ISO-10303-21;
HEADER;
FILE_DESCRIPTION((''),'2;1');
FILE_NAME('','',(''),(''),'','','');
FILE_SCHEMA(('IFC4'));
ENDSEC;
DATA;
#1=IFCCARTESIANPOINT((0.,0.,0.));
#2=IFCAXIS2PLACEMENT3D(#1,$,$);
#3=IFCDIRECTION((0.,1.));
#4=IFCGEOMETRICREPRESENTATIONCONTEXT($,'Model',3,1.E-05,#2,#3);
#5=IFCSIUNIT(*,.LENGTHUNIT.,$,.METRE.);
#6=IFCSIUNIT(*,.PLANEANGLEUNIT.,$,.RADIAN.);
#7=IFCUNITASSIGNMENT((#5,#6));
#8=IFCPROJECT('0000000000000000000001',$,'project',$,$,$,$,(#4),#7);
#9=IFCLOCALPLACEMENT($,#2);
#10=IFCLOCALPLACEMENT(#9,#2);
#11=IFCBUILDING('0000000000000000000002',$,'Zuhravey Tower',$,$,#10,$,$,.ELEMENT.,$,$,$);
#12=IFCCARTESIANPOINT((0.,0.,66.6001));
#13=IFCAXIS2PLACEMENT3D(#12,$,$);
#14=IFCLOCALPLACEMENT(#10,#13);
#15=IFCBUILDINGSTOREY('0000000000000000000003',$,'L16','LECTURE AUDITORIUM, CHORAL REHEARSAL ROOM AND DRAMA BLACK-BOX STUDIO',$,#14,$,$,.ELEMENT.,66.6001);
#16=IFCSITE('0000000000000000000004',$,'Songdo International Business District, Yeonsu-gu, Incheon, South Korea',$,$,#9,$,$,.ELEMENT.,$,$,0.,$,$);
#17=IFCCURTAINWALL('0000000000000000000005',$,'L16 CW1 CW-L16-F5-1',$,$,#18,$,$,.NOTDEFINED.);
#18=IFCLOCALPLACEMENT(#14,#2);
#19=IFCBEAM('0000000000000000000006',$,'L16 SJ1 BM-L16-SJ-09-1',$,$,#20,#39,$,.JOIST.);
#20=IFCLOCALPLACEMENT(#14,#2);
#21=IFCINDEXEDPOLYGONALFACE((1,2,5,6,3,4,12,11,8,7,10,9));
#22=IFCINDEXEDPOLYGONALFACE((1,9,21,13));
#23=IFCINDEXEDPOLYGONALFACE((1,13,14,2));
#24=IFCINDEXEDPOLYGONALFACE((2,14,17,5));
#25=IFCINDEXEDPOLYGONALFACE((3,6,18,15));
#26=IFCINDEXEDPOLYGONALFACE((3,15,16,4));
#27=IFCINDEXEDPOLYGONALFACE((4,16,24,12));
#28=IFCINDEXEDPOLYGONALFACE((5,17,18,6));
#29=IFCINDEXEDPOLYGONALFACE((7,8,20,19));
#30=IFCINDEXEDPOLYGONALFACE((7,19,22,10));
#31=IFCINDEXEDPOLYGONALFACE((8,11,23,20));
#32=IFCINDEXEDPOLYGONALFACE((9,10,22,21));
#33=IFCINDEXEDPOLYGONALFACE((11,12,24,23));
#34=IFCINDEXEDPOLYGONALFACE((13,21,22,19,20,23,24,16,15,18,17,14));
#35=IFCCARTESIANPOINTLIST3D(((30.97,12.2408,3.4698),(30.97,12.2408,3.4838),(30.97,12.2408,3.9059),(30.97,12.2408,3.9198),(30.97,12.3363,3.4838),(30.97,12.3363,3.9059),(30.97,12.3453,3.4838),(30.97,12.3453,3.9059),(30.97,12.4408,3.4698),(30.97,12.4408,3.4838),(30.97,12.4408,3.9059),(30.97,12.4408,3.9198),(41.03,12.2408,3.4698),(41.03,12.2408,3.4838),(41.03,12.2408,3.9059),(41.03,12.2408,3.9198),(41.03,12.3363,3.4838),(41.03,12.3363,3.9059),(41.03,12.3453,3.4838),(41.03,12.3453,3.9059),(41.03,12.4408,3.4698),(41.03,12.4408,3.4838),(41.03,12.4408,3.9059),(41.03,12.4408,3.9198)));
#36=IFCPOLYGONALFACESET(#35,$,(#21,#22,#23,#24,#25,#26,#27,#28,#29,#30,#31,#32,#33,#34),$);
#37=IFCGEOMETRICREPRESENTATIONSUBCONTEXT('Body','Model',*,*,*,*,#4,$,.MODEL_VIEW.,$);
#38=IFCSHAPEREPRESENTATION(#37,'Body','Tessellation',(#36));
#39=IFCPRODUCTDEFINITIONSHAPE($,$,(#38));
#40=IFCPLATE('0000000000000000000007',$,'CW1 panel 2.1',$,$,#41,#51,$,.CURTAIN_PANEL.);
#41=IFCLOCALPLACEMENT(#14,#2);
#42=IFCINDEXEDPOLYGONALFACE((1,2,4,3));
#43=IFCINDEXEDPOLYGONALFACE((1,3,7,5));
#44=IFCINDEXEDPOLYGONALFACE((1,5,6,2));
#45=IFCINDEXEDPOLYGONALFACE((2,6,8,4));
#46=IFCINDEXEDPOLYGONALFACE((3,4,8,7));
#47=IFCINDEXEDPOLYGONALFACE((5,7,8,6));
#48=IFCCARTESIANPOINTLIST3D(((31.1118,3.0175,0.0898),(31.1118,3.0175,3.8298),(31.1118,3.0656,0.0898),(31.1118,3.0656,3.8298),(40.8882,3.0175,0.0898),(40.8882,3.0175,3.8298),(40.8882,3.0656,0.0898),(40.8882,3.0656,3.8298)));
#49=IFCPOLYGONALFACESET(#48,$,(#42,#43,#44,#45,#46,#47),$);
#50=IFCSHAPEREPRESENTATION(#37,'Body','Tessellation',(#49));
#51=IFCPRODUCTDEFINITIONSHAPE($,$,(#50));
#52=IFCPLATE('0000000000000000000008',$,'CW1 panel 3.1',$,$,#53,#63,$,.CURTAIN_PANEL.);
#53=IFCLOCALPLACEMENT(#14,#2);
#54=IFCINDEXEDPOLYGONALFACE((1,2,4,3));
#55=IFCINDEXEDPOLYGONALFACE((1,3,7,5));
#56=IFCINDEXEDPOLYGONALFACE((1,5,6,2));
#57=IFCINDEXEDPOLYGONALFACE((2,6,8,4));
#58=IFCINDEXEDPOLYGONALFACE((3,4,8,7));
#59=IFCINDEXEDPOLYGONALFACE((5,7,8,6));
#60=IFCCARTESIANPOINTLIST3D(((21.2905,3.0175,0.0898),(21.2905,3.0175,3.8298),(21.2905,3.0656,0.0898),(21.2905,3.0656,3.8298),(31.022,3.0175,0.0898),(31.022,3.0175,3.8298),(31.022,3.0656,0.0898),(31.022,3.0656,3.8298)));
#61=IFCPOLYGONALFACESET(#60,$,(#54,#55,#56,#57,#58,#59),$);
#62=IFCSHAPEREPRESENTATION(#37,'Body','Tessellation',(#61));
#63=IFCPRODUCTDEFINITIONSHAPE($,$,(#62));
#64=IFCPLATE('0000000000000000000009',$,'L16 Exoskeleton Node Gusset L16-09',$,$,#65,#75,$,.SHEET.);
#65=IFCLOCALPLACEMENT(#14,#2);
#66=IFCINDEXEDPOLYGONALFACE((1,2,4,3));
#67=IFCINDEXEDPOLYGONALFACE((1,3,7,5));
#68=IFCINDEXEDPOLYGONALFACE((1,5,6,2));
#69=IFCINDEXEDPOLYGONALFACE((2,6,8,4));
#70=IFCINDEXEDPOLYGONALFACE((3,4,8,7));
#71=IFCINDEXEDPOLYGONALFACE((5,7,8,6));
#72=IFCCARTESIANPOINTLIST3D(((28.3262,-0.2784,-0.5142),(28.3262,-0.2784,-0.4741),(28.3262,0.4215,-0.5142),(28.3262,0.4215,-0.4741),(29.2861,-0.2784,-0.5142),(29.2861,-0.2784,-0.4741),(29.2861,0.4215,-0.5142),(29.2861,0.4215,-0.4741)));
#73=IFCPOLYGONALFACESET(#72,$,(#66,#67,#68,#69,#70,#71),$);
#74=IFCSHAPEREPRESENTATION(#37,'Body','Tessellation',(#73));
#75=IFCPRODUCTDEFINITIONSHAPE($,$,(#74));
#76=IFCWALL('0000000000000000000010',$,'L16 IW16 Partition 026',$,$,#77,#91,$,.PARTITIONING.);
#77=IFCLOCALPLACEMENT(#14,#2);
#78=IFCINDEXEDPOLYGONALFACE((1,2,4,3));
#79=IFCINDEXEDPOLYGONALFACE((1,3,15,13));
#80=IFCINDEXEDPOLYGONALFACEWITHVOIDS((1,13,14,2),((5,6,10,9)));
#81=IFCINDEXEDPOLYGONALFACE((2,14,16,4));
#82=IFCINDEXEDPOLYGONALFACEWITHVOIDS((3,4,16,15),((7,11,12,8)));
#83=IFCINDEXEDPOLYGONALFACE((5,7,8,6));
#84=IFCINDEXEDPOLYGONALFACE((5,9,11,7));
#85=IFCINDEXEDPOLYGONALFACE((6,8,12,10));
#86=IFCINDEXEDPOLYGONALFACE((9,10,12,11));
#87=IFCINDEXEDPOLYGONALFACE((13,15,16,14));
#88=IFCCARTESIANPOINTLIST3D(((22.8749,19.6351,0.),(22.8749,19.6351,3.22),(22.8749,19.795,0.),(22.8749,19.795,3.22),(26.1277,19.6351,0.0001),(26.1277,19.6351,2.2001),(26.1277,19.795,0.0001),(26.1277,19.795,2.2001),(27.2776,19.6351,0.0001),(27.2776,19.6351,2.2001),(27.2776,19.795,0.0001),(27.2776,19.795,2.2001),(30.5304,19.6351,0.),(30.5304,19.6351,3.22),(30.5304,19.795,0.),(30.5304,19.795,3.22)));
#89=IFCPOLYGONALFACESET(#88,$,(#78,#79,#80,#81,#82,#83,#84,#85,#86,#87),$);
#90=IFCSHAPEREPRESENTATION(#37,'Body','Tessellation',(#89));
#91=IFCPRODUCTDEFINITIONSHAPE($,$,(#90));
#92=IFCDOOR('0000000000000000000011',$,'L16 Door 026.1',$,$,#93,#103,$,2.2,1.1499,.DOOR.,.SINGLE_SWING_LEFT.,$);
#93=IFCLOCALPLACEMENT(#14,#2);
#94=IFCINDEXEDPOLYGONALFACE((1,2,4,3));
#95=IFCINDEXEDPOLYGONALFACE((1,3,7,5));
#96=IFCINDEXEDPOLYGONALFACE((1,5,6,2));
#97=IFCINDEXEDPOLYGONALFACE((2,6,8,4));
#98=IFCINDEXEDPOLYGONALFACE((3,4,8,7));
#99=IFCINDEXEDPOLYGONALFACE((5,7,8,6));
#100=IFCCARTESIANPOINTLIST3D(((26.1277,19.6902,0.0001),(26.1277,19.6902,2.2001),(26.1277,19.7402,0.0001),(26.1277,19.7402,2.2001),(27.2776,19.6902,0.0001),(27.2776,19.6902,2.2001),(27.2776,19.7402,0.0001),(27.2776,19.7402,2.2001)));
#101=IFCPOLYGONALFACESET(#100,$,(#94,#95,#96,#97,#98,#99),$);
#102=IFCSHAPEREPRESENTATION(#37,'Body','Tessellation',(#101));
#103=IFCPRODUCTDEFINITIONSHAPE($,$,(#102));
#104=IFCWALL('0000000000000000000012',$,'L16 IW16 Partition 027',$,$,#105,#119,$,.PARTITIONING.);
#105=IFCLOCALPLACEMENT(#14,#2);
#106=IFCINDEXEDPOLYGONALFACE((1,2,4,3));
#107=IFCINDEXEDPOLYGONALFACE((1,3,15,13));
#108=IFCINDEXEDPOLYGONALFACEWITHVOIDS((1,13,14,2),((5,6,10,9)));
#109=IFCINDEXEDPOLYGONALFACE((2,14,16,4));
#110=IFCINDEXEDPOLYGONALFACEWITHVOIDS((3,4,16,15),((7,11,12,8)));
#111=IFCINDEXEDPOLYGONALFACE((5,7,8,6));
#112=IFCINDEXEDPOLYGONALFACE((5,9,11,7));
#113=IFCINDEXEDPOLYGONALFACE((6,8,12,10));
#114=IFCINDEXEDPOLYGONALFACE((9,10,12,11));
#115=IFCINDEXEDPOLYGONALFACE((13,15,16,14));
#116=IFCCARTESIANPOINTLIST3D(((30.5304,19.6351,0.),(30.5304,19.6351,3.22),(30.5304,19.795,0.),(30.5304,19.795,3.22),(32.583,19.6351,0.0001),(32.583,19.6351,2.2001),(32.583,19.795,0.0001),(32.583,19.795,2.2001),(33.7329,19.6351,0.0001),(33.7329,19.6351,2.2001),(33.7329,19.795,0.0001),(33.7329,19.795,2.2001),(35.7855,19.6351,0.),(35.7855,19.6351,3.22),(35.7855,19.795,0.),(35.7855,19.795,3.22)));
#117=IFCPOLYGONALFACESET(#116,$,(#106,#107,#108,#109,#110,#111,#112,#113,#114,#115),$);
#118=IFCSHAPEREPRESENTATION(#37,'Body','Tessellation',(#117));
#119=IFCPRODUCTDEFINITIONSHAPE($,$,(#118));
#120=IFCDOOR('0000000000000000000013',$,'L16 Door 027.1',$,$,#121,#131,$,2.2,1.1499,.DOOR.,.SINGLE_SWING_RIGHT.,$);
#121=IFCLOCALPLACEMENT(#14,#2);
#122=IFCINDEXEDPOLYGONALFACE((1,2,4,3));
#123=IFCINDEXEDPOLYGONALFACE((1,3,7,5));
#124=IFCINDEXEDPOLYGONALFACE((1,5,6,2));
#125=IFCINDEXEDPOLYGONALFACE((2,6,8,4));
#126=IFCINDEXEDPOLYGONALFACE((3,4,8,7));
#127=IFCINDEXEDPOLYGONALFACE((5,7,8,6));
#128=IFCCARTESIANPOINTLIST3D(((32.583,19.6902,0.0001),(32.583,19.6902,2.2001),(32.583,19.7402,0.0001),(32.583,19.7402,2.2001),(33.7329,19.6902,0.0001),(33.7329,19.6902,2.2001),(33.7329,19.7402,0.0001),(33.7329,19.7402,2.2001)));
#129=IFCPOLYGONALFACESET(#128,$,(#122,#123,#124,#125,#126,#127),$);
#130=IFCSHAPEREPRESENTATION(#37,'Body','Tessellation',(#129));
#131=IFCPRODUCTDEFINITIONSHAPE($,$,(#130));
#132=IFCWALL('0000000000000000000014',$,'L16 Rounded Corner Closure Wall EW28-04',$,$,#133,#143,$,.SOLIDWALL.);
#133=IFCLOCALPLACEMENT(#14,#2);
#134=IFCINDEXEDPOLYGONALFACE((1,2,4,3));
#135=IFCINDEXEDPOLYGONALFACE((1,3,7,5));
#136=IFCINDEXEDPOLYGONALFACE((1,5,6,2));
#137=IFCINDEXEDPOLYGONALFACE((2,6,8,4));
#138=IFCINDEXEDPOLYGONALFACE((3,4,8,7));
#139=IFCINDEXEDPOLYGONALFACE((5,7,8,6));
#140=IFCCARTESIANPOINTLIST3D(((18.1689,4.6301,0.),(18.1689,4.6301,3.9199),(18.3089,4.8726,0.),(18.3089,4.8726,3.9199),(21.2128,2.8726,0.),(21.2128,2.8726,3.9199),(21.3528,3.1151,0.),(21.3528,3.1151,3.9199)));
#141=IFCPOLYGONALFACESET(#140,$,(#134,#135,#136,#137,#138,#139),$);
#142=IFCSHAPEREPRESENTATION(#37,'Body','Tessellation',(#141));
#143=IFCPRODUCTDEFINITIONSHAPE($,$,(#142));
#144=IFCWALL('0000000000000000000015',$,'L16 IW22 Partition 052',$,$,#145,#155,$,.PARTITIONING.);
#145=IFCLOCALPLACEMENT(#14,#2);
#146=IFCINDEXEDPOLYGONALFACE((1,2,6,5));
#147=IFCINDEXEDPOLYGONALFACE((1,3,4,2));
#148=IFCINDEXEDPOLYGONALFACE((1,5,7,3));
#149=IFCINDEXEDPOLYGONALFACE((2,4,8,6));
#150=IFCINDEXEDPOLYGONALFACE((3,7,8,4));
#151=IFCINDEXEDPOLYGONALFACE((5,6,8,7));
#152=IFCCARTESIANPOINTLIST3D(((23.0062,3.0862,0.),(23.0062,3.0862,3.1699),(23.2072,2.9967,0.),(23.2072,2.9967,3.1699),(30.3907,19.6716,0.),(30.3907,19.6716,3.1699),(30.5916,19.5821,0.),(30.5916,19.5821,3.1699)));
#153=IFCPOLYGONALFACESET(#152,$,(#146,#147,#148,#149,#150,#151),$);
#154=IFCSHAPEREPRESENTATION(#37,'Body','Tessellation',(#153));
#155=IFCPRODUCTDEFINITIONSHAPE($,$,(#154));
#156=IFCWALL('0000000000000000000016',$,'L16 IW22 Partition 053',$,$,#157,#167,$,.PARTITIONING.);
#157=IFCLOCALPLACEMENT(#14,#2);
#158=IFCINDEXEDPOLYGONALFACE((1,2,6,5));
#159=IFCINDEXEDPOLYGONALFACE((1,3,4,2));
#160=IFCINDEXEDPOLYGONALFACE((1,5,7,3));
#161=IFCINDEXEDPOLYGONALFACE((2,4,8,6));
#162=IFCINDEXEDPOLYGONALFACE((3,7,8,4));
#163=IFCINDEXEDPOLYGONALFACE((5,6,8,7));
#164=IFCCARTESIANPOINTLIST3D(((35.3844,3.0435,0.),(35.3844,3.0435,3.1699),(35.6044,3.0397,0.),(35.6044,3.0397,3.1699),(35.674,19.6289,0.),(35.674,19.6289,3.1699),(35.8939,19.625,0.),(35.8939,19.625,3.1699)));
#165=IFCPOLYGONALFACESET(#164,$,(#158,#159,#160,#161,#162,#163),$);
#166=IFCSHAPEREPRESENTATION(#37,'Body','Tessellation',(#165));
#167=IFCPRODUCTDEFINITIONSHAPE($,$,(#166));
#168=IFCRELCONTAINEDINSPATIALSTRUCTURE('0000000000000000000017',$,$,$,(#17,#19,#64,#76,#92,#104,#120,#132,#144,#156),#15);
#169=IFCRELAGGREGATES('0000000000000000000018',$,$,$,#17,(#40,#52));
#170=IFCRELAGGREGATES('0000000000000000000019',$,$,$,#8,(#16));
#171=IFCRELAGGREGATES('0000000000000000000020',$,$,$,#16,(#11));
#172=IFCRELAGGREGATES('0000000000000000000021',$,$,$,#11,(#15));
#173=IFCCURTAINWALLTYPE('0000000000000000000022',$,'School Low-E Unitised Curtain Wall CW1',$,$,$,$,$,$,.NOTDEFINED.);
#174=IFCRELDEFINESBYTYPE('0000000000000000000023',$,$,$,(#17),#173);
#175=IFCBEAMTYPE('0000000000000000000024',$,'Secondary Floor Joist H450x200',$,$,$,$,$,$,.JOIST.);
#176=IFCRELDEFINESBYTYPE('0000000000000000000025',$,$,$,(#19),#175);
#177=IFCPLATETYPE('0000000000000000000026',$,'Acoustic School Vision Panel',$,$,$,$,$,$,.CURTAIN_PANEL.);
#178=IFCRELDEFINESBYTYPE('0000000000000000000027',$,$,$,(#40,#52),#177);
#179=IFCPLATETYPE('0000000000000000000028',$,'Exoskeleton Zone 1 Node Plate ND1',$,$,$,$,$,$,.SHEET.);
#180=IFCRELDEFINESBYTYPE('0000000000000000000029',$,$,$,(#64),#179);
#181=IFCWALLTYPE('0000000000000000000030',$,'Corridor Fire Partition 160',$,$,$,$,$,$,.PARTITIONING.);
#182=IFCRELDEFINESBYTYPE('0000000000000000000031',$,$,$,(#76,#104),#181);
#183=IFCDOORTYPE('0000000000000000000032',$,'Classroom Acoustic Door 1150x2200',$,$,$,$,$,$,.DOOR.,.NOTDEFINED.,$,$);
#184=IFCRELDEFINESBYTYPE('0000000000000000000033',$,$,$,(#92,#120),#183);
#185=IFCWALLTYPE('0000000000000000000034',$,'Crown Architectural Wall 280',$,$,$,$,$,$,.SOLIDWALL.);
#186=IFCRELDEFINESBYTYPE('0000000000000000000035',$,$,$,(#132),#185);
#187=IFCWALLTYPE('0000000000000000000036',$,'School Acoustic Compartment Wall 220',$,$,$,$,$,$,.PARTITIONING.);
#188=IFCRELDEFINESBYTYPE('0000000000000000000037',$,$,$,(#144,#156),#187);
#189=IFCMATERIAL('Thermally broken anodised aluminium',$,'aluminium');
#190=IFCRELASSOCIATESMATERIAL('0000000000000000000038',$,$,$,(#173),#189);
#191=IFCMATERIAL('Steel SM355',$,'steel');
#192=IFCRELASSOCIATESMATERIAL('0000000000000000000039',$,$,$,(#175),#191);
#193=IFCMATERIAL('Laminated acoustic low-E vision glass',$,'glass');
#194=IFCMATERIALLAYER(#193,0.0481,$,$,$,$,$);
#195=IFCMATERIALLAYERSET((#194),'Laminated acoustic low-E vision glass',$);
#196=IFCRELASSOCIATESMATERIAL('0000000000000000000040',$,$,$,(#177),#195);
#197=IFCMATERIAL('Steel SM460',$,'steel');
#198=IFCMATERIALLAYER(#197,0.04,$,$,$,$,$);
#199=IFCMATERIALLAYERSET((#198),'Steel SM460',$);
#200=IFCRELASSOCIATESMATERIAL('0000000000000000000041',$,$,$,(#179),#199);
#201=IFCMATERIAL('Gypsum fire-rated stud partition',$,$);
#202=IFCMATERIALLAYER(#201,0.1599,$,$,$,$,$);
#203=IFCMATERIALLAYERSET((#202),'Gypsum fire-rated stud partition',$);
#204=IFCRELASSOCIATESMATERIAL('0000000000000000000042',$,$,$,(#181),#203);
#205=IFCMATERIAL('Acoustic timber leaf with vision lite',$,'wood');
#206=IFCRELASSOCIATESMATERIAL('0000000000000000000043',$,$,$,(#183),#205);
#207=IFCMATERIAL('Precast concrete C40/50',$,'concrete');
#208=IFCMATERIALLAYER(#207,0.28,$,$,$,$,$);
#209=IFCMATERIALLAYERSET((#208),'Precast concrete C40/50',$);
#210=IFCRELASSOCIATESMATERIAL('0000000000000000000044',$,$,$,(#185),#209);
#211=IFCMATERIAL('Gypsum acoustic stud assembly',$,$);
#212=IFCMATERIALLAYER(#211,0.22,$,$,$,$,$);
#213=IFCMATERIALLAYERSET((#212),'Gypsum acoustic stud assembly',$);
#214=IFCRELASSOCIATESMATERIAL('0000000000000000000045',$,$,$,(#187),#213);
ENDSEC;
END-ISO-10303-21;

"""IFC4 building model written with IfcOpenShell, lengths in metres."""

from ifc_helpers import new_model, si_unit, direction, frame, frame_2d, origin, origin_2d, place, context, subcontext, project, spatial, rectangle, i_section, extrude, material, layer, layer_set, material_profile, profile_set, type_object, element, fill, aggregate, save


model = new_model("IFC4")

# Units and contexts
model_context = context("Model", 3, precision=1e-05, world=origin(), true_north=direction((0.0, 1.0)))
body_context = subcontext(model_context, "Body", "Model", "MODEL_VIEW")
ifc_project = project(units=[si_unit("LENGTHUNIT", "METRE"), si_unit("PLANEANGLEUNIT", "RADIAN")], contexts=[model_context])

# Site, building, storey
site_placement = place(None, origin())
site = spatial("IfcSite", under=ifc_project, at=site_placement, Name="Songdo International Business District, Yeonsu-gu, Incheon, South Korea", CompositionType="ELEMENT", RefElevation=0.0)
building_placement = place(site_placement, origin())
building = spatial("IfcBuilding", under=site, at=building_placement, Name="Zuhravey Tower", CompositionType="ELEMENT")
storey_placement = place(building_placement, frame((0.0, 0.0, 66.6001)))
storey = spatial("IfcBuildingStorey", under=building, at=storey_placement, Name="L16", Description="LECTURE AUDITORIUM, CHORAL REHEARSAL ROOM AND DRAMA BLACK-BOX STUDIO", CompositionType="ELEMENT", Elevation=66.6001)

# Curtain wall
ifc_material_1 = material(Name="Thermally broken anodised aluminium", Category="aluminium")
curtain_wall_type = type_object("IfcCurtainWallType", Name="School Low-E Unitised Curtain Wall CW1", PredefinedType="NOTDEFINED", material=ifc_material_1)
curtain_wall_placement = place(storey_placement, origin())
curtain_wall = element("IfcCurtainWall", 1, at=curtain_wall_placement, inside=storey, type_object=curtain_wall_type, Name="L16 CW1 CW-L16-F5-1", PredefinedType="NOTDEFINED")

# Shared definitions
ifc_material_2 = material(Name="Steel SM355", Category="steel")
ifc_material_3 = material(Name="Steel SM460", Category="steel")

# Beam
ifc_material_profile_1 = material_profile(ifc_material_2, i_section(OverallWidth=0.2, OverallDepth=0.45, WebThickness=0.009, FlangeThickness=0.0139, at=origin_2d()), Name="H-450x200x9x14")
ifc_profile_set_1 = profile_set([ifc_material_profile_1], Name="Steel SM355")
beam_type_1 = type_object("IfcBeamType", Name="Secondary Floor Joist H450x200", PredefinedType="JOIST", material=ifc_profile_set_1)
beam_1_placement = place(storey_placement, frame((30.97, 12.3408, 3.6948), z_axis=(1.0, 0.0, 0.0), x_axis=(0.0, 1.0, 0.0)))
element("IfcBeam", 2, at=beam_1_placement, inside=storey, type_object=beam_type_1, Name="L16 SJ1 BM-L16-SJ-09-1", PredefinedType="JOIST", context=body_context, shape_type="SweptSolid", body=[
    extrude(i_section(OverallWidth=0.2, OverallDepth=0.45, WebThickness=0.009, FlangeThickness=0.0139, at=origin_2d()), origin(), (0.0, 0.0, 1.0), 10.0601),
])

# Plates
ifc_material_4 = material(Name="Laminated acoustic low-E vision glass", Category="glass")
ifc_layer_1 = layer(ifc_material_4, 0.0481)
ifc_layer_set_1 = layer_set([ifc_layer_1], Name="Laminated acoustic low-E vision glass")
plate_type_1 = type_object("IfcPlateType", Name="Acoustic School Vision Panel", PredefinedType="CURTAIN_PANEL", material=ifc_layer_set_1)
plate_1_placement = place(storey_placement, frame((36.0, 3.0415, 0.0898), z_axis=(0.0, 0.0, 1.0), x_axis=(-1.0, 0.0, 0.0)))
plate_1 = element("IfcPlate", 3, at=plate_1_placement, type_object=plate_type_1, Name="CW1 panel 2.1", PredefinedType="CURTAIN_PANEL", context=body_context, shape_type="SweptSolid", body=[
    extrude(rectangle(XDim=9.7764, YDim=0.0481, at=origin_2d()), origin(), (0.0, 0.0, 1.0), 3.74),
])
plate_2_placement = place(storey_placement, frame((26.1562, 3.0415, 0.0898), z_axis=(0.0, 0.0, 1.0), x_axis=(-1.0, 0.0, 0.0)))
plate_2 = element("IfcPlate", 4, at=plate_2_placement, type_object=plate_type_1, Name="CW1 panel 3.1", PredefinedType="CURTAIN_PANEL", context=body_context, shape_type="SweptSolid", body=[
    extrude(rectangle(XDim=9.7314, YDim=0.0481, at=origin_2d()), origin(), (0.0, 0.0, 1.0), 3.74),
])
aggregate(curtain_wall, [plate_1, plate_2])
ifc_layer_2 = layer(ifc_material_3, 0.04)
ifc_layer_set_2 = layer_set([ifc_layer_2], Name="Steel SM460")
plate_type_2 = type_object("IfcPlateType", Name="Exoskeleton Zone 1 Node Plate ND1", PredefinedType="SHEET", material=ifc_layer_set_2)
plate_3_placement = place(storey_placement, frame((28.8062, 0.0715, -0.5142), z_axis=(0.0, 0.0, 1.0), x_axis=(1.0, 0.0, 0.0)))
element("IfcPlate", 5, at=plate_3_placement, inside=storey, type_object=plate_type_2, Name="L16 Exoskeleton Node Gusset L16-09", PredefinedType="SHEET", context=body_context, shape_type="SweptSolid", body=[
    extrude(rectangle(XDim=0.96, YDim=0.7, at=origin_2d()), origin(), (0.0, 0.0, 1.0), 0.04),
])

# Walls, openings, doors
ifc_material_5 = material(Name="Gypsum fire-rated stud partition")
ifc_layer_3 = layer(ifc_material_5, 0.1599)
ifc_layer_set_3 = layer_set([ifc_layer_3], Name="Gypsum fire-rated stud partition")
wall_type_1 = type_object("IfcWallType", Name="Corridor Fire Partition 160", PredefinedType="PARTITIONING", material=ifc_layer_set_3)
wall_1_placement = place(storey_placement, frame((22.875, 19.7151, 0.0), z_axis=(0.0, 0.0, 1.0), x_axis=(1.0, 0.0, 0.0)))
wall_1 = element("IfcWall", 6, at=wall_1_placement, inside=storey, type_object=wall_type_1, Name="L16 IW16 Partition 026", PredefinedType="PARTITIONING", context=body_context, shape_type="SweptSolid", body=[
    extrude(rectangle(XDim=7.6555, YDim=0.1599, at=frame_2d((3.8276, 0.0))), origin(), (0.0, 0.0, 1.0), 3.22),
])
opening_1_placement = place(wall_1_placement, frame((3.2527, 0.0, 0.0)))
opening_1 = element("IfcOpeningElement", 7, at=opening_1_placement, cuts=wall_1, PredefinedType="OPENING", context=body_context, shape_type="SweptSolid", body=[
    extrude(rectangle(XDim=1.1499, YDim=2.2, at=frame_2d((0.575, 1.1001))), frame((0.0, 0.092, 0.0), z_axis=(0.0, -1.0, 0.0), x_axis=(1.0, 0.0, 0.0)), (0.0, 0.0, 1.0), 0.1838),
])
ifc_material_6 = material(Name="Acoustic timber leaf with vision lite", Category="wood")
door_type = type_object("IfcDoorType", Name="Classroom Acoustic Door 1150x2200", OperationType="NOTDEFINED", PredefinedType="DOOR", material=ifc_material_6)
door_1_placement = place(opening_1_placement, frame((1.1499, 0.0, 0.0), z_axis=(0.0, 0.0, 1.0), x_axis=(-1.0, 0.0, 0.0)))
door_1 = element("IfcDoor", 8, at=door_1_placement, inside=storey, type_object=door_type, Name="L16 Door 026.1", OperationType="SINGLE_SWING_LEFT", OverallHeight=2.2, OverallWidth=1.1499, PredefinedType="DOOR", context=body_context, shape_type="SweptSolid", body=[
    extrude(rectangle(XDim=1.1499, YDim=2.2, at=frame_2d((0.575, 1.1001))), frame((0.0, 0.0249, 0.0), z_axis=(0.0, -1.0, 0.0), x_axis=(1.0, 0.0, 0.0)), (0.0, 0.0, 1.0), 0.05),
])
fill(opening_1, door_1)
wall_2_placement = place(storey_placement, frame((30.5305, 19.7151, 0.0), z_axis=(0.0, 0.0, 1.0), x_axis=(1.0, 0.0, 0.0)))
wall_2 = element("IfcWall", 9, at=wall_2_placement, inside=storey, type_object=wall_type_1, Name="L16 IW16 Partition 027", PredefinedType="PARTITIONING", context=body_context, shape_type="SweptSolid", body=[
    extrude(rectangle(XDim=5.2551, YDim=0.1599, at=frame_2d((2.6274, 0.0))), origin(), (0.0, 0.0, 1.0), 3.22),
])
opening_2_placement = place(wall_2_placement, frame((2.0525, 0.0, 0.0)))
opening_2 = element("IfcOpeningElement", 10, at=opening_2_placement, cuts=wall_2, PredefinedType="OPENING", context=body_context, shape_type="SweptSolid", body=[
    extrude(rectangle(XDim=1.1499, YDim=2.2, at=frame_2d((0.575, 1.1001))), frame((0.0, 0.092, 0.0), z_axis=(0.0, -1.0, 0.0), x_axis=(1.0, 0.0, 0.0)), (0.0, 0.0, 1.0), 0.1838),
])
door_2_placement = place(opening_2_placement, frame((1.1499, 0.0, 0.0), z_axis=(0.0, 0.0, 1.0), x_axis=(-1.0, 0.0, 0.0)))
door_2 = element("IfcDoor", 11, at=door_2_placement, inside=storey, type_object=door_type, Name="L16 Door 027.1", OperationType="SINGLE_SWING_RIGHT", OverallHeight=2.2, OverallWidth=1.1499, PredefinedType="DOOR", context=body_context, shape_type="SweptSolid", body=[
    extrude(rectangle(XDim=1.1499, YDim=2.2, at=frame_2d((0.575, 1.1001))), frame((0.0, 0.0249, 0.0), z_axis=(0.0, -1.0, 0.0), x_axis=(1.0, 0.0, 0.0)), (0.0, 0.0, 1.0), 0.05),
])
fill(opening_2, door_2)

# Walls
ifc_material_7 = material(Name="Precast concrete C40/50", Category="concrete")
ifc_layer_4 = layer(ifc_material_7, 0.28)
ifc_layer_set_4 = layer_set([ifc_layer_4], Name="Precast concrete C40/50")
wall_type_2 = type_object("IfcWallType", Name="Crown Architectural Wall 280", PredefinedType="SOLIDWALL", material=ifc_layer_set_4)
wall_3_placement = place(storey_placement, frame((21.2827, 2.9939, 0.0), z_axis=(0.0, 0.0, 1.0), x_axis=(-0.866007, 0.500031, 0.0)))
element("IfcWall", 12, at=wall_3_placement, inside=storey, type_object=wall_type_2, Name="L16 Rounded Corner Closure Wall EW28-04", PredefinedType="SOLIDWALL", context=body_context, shape_type="SweptSolid", body=[
    extrude(rectangle(XDim=3.5149, YDim=0.28, at=frame_2d((1.7573, 0.0))), origin(), (0.0, 0.0, 1.0), 3.9199),
])
ifc_material_8 = material(Name="Gypsum acoustic stud assembly")
ifc_layer_5 = layer(ifc_material_8, 0.22)
ifc_layer_set_5 = layer_set([ifc_layer_5], Name="Gypsum acoustic stud assembly")
wall_type_3 = type_object("IfcWallType", Name="School Acoustic Compartment Wall 220", PredefinedType="PARTITIONING", material=ifc_layer_set_5)
wall_4_placement = place(storey_placement, frame((30.4912, 19.627, 0.0), z_axis=(0.0, 0.0, 1.0), x_axis=(-0.406746, -0.913541, 0.0)))
element("IfcWall", 13, at=wall_4_placement, inside=storey, type_object=wall_type_3, Name="L16 IW22 Partition 052", PredefinedType="PARTITIONING", context=body_context, shape_type="SweptSolid", body=[
    extrude(rectangle(XDim=18.155, YDim=0.22, at=frame_2d((9.0776, 0.0))), origin(), (0.0, 0.0, 1.0), 3.1699),
])
wall_5_placement = place(storey_placement, frame((35.7839, 19.627, 0.0), z_axis=(0.0, 0.0, 1.0), x_axis=(-0.017455, -0.999848, 0.0)))
element("IfcWall", 14, at=wall_5_placement, inside=storey, type_object=wall_type_3, Name="L16 IW22 Partition 053", PredefinedType="PARTITIONING", context=body_context, shape_type="SweptSolid", body=[
    extrude(rectangle(XDim=16.5879, YDim=0.22, at=frame_2d((8.2939, 0.0))), origin(), (0.0, 0.0, 1.0), 3.1699),
])

save(model, "model.ifc")
